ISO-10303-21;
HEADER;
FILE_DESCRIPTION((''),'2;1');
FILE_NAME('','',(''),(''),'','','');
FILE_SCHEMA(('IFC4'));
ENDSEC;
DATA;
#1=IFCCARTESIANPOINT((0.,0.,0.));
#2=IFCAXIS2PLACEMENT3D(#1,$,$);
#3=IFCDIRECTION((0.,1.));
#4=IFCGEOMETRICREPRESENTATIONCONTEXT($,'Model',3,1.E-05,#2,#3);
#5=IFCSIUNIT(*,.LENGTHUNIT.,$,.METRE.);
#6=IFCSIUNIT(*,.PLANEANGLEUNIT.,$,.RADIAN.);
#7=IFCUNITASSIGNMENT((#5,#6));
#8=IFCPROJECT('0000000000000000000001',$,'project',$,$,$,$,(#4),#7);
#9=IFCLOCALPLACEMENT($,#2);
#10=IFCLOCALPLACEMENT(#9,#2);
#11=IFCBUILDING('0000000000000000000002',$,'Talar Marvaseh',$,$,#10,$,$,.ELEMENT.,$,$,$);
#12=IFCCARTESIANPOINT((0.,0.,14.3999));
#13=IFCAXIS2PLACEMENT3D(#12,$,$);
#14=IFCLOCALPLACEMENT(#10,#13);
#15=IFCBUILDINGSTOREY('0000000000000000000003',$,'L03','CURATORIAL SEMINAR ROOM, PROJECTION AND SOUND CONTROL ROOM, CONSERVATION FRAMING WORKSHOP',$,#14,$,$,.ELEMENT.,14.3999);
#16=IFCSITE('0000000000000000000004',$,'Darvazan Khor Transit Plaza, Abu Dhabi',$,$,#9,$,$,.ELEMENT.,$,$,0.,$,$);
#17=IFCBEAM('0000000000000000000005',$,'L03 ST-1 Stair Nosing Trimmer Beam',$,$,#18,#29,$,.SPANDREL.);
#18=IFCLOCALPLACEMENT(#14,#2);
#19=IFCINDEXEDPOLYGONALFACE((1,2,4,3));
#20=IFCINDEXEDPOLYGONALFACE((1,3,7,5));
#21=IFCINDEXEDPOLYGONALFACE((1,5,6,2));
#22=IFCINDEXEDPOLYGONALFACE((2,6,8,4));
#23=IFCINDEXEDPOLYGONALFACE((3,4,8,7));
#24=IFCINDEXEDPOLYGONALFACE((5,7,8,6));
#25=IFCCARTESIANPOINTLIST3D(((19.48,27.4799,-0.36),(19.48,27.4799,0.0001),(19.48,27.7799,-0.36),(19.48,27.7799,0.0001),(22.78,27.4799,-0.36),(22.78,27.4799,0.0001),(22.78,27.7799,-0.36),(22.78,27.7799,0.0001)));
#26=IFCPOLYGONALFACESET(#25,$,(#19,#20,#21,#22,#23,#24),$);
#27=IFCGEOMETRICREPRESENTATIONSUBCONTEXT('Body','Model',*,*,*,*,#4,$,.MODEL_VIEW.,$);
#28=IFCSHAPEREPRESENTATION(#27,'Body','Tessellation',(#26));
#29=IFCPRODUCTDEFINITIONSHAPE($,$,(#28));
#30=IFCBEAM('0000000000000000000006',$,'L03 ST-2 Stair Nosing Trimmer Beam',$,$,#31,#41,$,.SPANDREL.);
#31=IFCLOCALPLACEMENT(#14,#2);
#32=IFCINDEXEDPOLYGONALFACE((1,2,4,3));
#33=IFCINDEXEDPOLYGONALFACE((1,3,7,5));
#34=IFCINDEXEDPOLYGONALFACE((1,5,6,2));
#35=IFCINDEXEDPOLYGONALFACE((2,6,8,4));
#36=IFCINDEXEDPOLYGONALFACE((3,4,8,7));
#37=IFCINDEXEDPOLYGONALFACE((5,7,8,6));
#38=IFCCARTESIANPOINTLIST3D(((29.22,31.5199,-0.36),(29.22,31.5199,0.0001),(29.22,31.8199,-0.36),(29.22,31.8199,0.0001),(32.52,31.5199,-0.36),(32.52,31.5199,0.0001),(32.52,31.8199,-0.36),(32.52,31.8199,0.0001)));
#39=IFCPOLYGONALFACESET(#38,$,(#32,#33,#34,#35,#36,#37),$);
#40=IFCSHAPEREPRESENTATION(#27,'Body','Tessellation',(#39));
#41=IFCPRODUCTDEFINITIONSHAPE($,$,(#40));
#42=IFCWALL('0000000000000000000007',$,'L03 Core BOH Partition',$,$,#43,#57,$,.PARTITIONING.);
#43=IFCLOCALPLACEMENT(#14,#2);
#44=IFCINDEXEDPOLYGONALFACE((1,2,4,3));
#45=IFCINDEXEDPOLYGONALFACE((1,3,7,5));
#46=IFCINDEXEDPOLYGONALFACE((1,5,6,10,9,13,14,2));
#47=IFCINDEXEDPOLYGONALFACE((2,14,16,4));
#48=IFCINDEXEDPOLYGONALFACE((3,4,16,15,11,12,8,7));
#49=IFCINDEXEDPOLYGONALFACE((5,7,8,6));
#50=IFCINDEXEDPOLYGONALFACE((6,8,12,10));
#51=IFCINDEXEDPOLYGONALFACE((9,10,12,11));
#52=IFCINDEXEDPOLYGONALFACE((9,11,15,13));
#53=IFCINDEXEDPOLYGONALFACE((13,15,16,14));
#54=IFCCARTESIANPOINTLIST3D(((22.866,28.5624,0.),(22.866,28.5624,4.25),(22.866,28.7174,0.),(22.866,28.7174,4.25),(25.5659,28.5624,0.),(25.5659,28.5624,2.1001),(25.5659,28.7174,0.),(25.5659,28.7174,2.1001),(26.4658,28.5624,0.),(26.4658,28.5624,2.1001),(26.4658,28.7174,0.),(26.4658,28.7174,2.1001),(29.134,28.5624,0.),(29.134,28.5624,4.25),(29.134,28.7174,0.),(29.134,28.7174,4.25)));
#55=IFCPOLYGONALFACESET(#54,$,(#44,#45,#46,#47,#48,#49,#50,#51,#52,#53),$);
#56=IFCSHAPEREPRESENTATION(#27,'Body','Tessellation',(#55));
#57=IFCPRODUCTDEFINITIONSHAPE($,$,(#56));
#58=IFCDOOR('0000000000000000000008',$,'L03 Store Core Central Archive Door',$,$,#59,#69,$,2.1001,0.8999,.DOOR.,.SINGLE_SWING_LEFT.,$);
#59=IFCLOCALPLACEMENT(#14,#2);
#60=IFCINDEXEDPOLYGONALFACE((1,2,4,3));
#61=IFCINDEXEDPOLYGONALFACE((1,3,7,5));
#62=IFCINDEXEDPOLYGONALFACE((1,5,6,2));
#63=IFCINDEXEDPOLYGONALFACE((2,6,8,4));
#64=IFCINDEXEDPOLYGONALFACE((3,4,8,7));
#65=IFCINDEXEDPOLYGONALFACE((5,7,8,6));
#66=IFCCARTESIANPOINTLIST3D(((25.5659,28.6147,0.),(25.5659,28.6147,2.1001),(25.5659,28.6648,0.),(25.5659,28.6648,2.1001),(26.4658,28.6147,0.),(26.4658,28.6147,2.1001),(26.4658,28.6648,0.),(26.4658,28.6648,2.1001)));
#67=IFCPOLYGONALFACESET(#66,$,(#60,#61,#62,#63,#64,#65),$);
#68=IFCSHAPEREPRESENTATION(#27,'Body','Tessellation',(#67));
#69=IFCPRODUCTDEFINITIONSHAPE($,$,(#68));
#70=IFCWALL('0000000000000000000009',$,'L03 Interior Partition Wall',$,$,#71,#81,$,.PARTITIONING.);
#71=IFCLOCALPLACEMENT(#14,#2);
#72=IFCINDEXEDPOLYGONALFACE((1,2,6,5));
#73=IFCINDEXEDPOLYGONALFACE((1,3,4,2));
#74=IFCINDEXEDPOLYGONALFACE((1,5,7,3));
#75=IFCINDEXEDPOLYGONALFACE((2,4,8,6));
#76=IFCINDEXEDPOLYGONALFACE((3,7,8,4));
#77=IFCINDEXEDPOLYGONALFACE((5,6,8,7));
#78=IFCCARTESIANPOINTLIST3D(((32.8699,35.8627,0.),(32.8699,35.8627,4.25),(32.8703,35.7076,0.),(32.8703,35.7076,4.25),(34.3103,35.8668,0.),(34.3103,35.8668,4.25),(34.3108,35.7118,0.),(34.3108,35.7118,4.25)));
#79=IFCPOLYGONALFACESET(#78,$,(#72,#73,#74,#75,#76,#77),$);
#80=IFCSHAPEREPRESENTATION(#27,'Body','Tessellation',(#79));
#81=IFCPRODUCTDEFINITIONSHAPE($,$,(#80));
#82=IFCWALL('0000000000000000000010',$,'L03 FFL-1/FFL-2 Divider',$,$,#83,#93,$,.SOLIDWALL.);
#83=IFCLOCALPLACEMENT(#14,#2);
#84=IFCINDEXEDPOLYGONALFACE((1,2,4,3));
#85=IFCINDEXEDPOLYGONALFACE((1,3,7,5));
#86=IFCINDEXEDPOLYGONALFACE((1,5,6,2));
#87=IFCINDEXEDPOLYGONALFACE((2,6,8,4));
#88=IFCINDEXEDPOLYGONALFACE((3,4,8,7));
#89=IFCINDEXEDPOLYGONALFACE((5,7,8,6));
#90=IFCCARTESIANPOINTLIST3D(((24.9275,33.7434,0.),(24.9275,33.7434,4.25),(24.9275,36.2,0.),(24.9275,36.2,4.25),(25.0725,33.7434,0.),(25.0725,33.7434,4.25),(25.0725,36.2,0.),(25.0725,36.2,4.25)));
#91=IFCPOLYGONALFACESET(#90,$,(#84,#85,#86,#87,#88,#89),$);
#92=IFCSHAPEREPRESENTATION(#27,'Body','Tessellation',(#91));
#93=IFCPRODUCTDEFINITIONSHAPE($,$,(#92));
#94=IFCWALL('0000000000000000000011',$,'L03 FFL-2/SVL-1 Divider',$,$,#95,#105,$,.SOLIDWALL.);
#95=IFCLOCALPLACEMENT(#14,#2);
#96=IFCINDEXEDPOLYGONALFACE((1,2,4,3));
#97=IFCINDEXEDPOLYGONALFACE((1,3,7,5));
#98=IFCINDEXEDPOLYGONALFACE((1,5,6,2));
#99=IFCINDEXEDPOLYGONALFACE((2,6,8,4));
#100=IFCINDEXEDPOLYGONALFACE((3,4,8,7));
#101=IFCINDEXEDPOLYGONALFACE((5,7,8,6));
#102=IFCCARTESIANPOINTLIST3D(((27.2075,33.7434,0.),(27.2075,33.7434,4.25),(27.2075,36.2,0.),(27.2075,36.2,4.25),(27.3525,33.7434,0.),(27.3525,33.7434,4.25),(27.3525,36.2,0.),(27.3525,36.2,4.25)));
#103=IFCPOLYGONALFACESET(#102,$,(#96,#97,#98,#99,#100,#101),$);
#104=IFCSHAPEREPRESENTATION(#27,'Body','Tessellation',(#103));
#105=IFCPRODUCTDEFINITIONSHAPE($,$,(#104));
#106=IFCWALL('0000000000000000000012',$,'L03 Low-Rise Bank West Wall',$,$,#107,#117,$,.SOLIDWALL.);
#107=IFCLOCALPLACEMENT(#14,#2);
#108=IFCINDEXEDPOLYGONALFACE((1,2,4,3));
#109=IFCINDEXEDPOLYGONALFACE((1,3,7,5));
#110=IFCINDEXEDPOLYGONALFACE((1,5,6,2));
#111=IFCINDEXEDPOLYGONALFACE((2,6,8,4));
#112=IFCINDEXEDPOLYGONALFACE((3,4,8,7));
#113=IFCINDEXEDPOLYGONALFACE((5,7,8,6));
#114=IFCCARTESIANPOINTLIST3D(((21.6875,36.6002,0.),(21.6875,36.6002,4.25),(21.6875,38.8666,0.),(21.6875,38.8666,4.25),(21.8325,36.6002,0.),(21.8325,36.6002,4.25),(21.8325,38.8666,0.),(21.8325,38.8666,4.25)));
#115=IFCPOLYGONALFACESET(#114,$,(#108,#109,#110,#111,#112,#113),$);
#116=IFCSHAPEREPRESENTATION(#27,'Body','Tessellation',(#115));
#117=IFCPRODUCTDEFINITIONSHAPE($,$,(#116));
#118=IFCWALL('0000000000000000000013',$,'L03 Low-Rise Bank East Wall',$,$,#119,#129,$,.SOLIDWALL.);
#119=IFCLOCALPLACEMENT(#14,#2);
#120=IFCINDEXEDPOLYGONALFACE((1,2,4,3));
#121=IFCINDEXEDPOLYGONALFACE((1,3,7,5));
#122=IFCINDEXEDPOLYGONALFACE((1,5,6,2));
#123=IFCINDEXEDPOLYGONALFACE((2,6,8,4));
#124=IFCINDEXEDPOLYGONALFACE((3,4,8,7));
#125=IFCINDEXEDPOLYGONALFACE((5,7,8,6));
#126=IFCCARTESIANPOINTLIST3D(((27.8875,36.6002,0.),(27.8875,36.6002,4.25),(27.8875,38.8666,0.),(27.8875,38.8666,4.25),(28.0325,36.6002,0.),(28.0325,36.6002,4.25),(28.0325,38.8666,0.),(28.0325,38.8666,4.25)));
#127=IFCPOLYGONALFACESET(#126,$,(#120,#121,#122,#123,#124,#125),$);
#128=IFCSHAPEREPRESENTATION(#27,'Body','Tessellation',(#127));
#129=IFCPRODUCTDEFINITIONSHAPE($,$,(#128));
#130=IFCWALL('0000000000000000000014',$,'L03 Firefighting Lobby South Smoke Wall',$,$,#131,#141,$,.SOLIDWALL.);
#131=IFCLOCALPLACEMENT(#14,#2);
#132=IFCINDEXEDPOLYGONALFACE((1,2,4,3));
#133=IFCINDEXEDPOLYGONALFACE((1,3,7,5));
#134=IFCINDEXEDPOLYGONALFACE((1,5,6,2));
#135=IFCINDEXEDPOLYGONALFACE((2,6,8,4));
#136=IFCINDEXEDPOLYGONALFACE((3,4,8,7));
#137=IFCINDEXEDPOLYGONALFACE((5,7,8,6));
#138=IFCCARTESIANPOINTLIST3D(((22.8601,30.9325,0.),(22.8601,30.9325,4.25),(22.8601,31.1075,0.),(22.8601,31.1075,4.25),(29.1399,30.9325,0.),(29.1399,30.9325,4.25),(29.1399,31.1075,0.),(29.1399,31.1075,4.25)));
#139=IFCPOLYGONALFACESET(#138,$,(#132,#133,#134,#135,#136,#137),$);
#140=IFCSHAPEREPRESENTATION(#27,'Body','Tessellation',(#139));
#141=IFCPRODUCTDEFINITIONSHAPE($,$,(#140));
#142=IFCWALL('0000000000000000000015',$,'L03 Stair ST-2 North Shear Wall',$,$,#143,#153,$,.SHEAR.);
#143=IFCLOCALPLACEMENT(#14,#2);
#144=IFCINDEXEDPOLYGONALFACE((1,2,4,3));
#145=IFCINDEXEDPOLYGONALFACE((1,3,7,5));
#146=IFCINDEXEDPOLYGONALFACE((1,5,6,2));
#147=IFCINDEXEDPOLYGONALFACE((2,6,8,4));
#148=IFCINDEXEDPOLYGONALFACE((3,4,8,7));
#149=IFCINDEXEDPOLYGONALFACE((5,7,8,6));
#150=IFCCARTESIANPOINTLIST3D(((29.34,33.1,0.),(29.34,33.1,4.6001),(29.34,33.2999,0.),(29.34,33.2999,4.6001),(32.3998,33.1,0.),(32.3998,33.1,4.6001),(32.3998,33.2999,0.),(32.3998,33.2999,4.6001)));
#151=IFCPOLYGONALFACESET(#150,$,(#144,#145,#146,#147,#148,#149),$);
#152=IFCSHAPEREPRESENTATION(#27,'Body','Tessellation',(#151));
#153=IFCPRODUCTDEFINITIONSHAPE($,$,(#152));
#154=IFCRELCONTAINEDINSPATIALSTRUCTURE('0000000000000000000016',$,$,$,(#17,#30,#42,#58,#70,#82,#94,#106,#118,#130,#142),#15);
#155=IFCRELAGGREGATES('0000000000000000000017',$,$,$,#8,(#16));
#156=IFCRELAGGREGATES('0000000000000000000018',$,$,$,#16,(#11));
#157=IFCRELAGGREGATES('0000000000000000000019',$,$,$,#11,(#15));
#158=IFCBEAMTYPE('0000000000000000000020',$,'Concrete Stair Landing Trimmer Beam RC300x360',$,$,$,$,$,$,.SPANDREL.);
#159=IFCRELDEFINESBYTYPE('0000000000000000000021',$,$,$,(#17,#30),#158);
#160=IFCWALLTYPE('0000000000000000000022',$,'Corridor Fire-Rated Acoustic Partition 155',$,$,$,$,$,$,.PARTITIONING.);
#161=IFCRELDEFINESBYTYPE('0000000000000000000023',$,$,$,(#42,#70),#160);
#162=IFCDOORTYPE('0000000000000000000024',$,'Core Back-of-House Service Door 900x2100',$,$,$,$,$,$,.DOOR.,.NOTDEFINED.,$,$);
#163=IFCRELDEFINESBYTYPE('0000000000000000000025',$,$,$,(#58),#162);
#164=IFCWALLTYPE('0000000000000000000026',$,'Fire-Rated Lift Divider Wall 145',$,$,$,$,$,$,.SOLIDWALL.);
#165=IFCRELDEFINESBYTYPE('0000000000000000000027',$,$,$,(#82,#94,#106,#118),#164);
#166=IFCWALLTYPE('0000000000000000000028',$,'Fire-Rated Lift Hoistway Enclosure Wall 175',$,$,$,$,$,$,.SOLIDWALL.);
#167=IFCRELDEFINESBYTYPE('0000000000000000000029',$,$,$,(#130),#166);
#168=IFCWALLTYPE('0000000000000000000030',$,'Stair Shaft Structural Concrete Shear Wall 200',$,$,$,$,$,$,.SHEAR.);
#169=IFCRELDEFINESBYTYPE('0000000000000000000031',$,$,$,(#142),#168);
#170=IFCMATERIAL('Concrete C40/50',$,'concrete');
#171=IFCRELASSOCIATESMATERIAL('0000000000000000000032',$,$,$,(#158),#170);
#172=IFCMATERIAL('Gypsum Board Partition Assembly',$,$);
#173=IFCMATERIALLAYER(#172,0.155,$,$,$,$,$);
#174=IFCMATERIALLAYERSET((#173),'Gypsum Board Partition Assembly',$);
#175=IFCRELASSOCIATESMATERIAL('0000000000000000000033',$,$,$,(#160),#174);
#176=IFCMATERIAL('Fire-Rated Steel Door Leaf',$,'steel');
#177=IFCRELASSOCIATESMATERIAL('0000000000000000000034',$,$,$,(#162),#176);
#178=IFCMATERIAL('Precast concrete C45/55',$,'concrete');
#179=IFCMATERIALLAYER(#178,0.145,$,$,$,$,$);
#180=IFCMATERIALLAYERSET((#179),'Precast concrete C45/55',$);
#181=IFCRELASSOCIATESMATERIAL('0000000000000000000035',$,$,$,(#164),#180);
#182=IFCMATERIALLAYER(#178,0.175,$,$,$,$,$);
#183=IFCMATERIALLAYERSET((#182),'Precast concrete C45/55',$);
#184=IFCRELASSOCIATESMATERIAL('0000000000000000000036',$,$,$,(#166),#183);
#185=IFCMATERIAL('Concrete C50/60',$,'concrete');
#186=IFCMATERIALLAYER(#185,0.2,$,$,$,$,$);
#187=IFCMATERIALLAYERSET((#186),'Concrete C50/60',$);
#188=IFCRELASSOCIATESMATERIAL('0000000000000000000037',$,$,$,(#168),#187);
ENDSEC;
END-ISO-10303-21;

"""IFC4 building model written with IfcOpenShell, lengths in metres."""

from ifc_helpers import new_model, si_unit, direction, frame, frame_2d, origin, origin_2d, place, context, subcontext, project, spatial, rectangle, extrude, source, transform, mapped, material, layer, layer_set, material_profile, profile_set, type_object, type_shapes, element, fill, save


model = new_model("IFC4")

# Units and contexts
model_context = context("Model", 3, precision=1e-05, world=origin(), true_north=direction((0.0, 1.0)))
body_context = subcontext(model_context, "Body", "Model", "MODEL_VIEW")
ifc_project = project(units=[si_unit("LENGTHUNIT", "METRE"), si_unit("PLANEANGLEUNIT", "RADIAN")], contexts=[model_context])

# Site, building, storey
site_placement = place(None, origin())
site = spatial("IfcSite", under=ifc_project, at=site_placement, Name="Darvazan Khor Transit Plaza, Abu Dhabi", CompositionType="ELEMENT", RefElevation=0.0)
building_placement = place(site_placement, origin())
building = spatial("IfcBuilding", under=site, at=building_placement, Name="Talar Marvaseh", CompositionType="ELEMENT")
storey_placement = place(building_placement, frame((0.0, 0.0, 14.3999)))
storey = spatial("IfcBuildingStorey", under=building, at=storey_placement, Name="L03", Description="CURATORIAL SEMINAR ROOM, PROJECTION AND SOUND CONTROL ROOM, CONSERVATION FRAMING WORKSHOP", CompositionType="ELEMENT", Elevation=14.3999)

# Beams
ifc_material_1 = material(Name="Concrete C40/50", Category="concrete")
ifc_material_profile = material_profile(ifc_material_1, rectangle(XDim=0.3, YDim=0.3601, at=origin_2d()), Name="RC300x360")
ifc_profile_set = profile_set([ifc_material_profile], Name="Concrete C40/50")
beam_type = type_object("IfcBeamType", Name="Concrete Stair Landing Trimmer Beam RC300x360", PredefinedType="SPANDREL", material=ifc_profile_set)
for number, where, z_axis, x_axis, name in (
    (1, (22.78, 27.6299, -0.1799), (-1.0, 0.0, 0.0), (0.0, -1.0, 0.0), "L03 ST-1 Stair Nosing Trimmer Beam"),
    (2, (29.22, 31.6699, -0.1799), (1.0, 0.0, 0.0), (0.0, 1.0, 0.0), "L03 ST-2 Stair Nosing Trimmer Beam"),
):
    element("IfcBeam", number, at=place(storey_placement, frame(where, z_axis=z_axis, x_axis=x_axis)), inside=storey, type_object=beam_type, Name=name, PredefinedType="SPANDREL", context=body_context, shape_type="SweptSolid", body=[
        extrude(rectangle(XDim=0.3, YDim=0.3601, at=origin_2d()), origin(), (0.0, 0.0, 1.0), 3.3),
    ])

# Wall, opening, door
ifc_material_2 = material(Name="Gypsum Board Partition Assembly")
ifc_layer_1 = layer(ifc_material_2, 0.155)
ifc_layer_set_1 = layer_set([ifc_layer_1], Name="Gypsum Board Partition Assembly")
wall_type_1 = type_object("IfcWallType", Name="Corridor Fire-Rated Acoustic Partition 155", PredefinedType="PARTITIONING", material=ifc_layer_set_1)
wall_1_placement = place(storey_placement, frame((22.866, 28.6399, 0.0), z_axis=(0.0, 0.0, 1.0), x_axis=(1.0, 0.0, 0.0)))
wall_1 = element("IfcWall", 3, at=wall_1_placement, inside=storey, type_object=wall_type_1, Name="L03 Core BOH Partition", PredefinedType="PARTITIONING", context=body_context, shape_type="SweptSolid", body=[
    extrude(rectangle(XDim=6.2681, YDim=0.155, at=frame_2d((3.134, 0.0))), origin(), (0.0, 0.0, 1.0), 4.25),
])
opening_1_placement = place(wall_1_placement, frame((2.7, 0.0, 0.0)))
opening_1 = element("IfcOpeningElement", 4, at=opening_1_placement, cuts=wall_1, PredefinedType="OPENING", context=body_context, shape_type="SweptSolid", body=[
    extrude(rectangle(XDim=0.8999, YDim=2.1001, at=frame_2d((0.45, 1.05))), frame((0.0, 0.0874, 0.0), z_axis=(0.0, -1.0, 0.0), x_axis=(1.0, 0.0, 0.0)), (0.0, 0.0, 1.0), 0.175),
])
ifc_material_3 = material(Name="Fire-Rated Steel Door Leaf", Category="steel")
door_type_1 = type_object("IfcDoorType", Name="Core Back-of-House Service Door 900x2100", OperationType="NOTDEFINED", PredefinedType="DOOR", material=ifc_material_3)
shared_shape_1 = source(origin(), body_context, "Body", "SweptSolid", [
    extrude(rectangle(XDim=0.8999, YDim=2.1001, at=frame_2d((0.45, 1.05))), frame((0.0, 0.0249, 0.0), z_axis=(0.0, -1.0, 0.0), x_axis=(1.0, 0.0, 0.0)), (0.0, 0.0, 1.0), 0.05),
])
type_shapes(door_type_1, [shared_shape_1])
door_1_placement = place(opening_1_placement, origin())
door_1 = element("IfcDoor", 5, at=door_1_placement, inside=storey, type_object=door_type_1, Name="L03 Store Core Central Archive Door", OperationType="SINGLE_SWING_LEFT", OverallHeight=2.1001, OverallWidth=0.8999, PredefinedType="DOOR", context=body_context, shape_type="MappedRepresentation", body=[
    mapped(shared_shape_1, transform((0.0, 0.0, 0.0), x_axis=(1.0, 0.0, 0.0), y_axis=(0.0, 1.0, 0.0), z_axis=(0.0, 0.0, 1.0), scale=1.0)),
])
fill(opening_1, door_1)

# Walls
wall_2_placement = place(storey_placement, frame((32.8701, 35.7852, 0.0), z_axis=(0.0, 0.0, 1.0), x_axis=(0.999996, 0.002881, 0.0)))
element("IfcWall", 6, at=wall_2_placement, inside=storey, type_object=wall_type_1, Name="L03 Interior Partition Wall", PredefinedType="PARTITIONING", context=body_context, shape_type="SweptSolid", body=[
    extrude(rectangle(XDim=1.4404, YDim=0.155, at=frame_2d((0.7202, 0.0))), origin(), (0.0, 0.0, 1.0), 4.25),
])
ifc_material_4 = material(Name="Precast concrete C45/55", Category="concrete")
ifc_layer_2 = layer(ifc_material_4, 0.145)
ifc_layer_set_2 = layer_set([ifc_layer_2], Name="Precast concrete C45/55")
wall_type_2 = type_object("IfcWallType", Name="Fire-Rated Lift Divider Wall 145", PredefinedType="SOLIDWALL", material=ifc_layer_set_2)
for number, where, z_axis, x_axis, name in (
    (7, (25.0, 33.7434, 0.0), (0.0, 0.0, 1.0), (0.0, 1.0, 0.0), "L03 FFL-1/FFL-2 Divider"),
    (8, (27.28, 33.7434, 0.0), (0.0, 0.0, 1.0), (0.0, 1.0, 0.0), "L03 FFL-2/SVL-1 Divider"),
):
    element("IfcWall", number, at=place(storey_placement, frame(where, z_axis=z_axis, x_axis=x_axis)), inside=storey, type_object=wall_type_2, Name=name, PredefinedType="SOLIDWALL", context=body_context, shape_type="SweptSolid", body=[
        extrude(rectangle(XDim=2.4565, YDim=0.145, at=frame_2d((1.2283, 0.0))), origin(), (0.0, 0.0, 1.0), 4.25),
    ])
for number, where, z_axis, x_axis, name in (
    (9, (21.76, 36.6001, 0.0), (0.0, 0.0, 1.0), (0.0, 1.0, 0.0), "L03 Low-Rise Bank West Wall"),
    (10, (27.96, 36.6001, 0.0), (0.0, 0.0, 1.0), (0.0, 1.0, 0.0), "L03 Low-Rise Bank East Wall"),
):
    element("IfcWall", number, at=place(storey_placement, frame(where, z_axis=z_axis, x_axis=x_axis)), inside=storey, type_object=wall_type_2, Name=name, PredefinedType="SOLIDWALL", context=body_context, shape_type="SweptSolid", body=[
        extrude(rectangle(XDim=2.2664, YDim=0.145, at=frame_2d((1.1333, 0.0))), origin(), (0.0, 0.0, 1.0), 4.25),
    ])

# Shared definitions
ifc_layer_3 = layer(ifc_material_4, 0.175)
ifc_layer_set_3 = layer_set([ifc_layer_3], Name="Precast concrete C45/55")
wall_type_3 = type_object("IfcWallType", Name="Fire-Rated Lift Hoistway Enclosure Wall 175", PredefinedType="SOLIDWALL", material=ifc_layer_set_3)

# Walls
wall_3_placement = place(storey_placement, frame((22.8601, 31.02, 0.0), z_axis=(0.0, 0.0, 1.0), x_axis=(1.0, 0.0, 0.0)))
element("IfcWall", 11, at=wall_3_placement, inside=storey, type_object=wall_type_3, Name="L03 Firefighting Lobby South Smoke Wall", PredefinedType="SOLIDWALL", context=body_context, shape_type="SweptSolid", body=[
    extrude(rectangle(XDim=6.2798, YDim=0.175, at=frame_2d((3.1399, 0.0))), origin(), (0.0, 0.0, 1.0), 4.25),
])
ifc_material_5 = material(Name="Concrete C50/60", Category="concrete")
ifc_layer_4 = layer(ifc_material_5, 0.2)
ifc_layer_set_4 = layer_set([ifc_layer_4], Name="Concrete C50/60")
wall_type_4 = type_object("IfcWallType", Name="Stair Shaft Structural Concrete Shear Wall 200", PredefinedType="SHEAR", material=ifc_layer_set_4)
wall_4_placement = place(storey_placement, frame((29.3401, 33.2, 0.0), z_axis=(0.0, 0.0, 1.0), x_axis=(1.0, 0.0, 0.0)))
element("IfcWall", 12, at=wall_4_placement, inside=storey, type_object=wall_type_4, Name="L03 Stair ST-2 North Shear Wall", PredefinedType="SHEAR", context=body_context, shape_type="SweptSolid", body=[
    extrude(rectangle(XDim=3.0598, YDim=0.2, at=frame_2d((1.5298, 0.0))), origin(), (0.0, 0.0, 1.0), 4.6001),
])

save(model, "model.ifc")
